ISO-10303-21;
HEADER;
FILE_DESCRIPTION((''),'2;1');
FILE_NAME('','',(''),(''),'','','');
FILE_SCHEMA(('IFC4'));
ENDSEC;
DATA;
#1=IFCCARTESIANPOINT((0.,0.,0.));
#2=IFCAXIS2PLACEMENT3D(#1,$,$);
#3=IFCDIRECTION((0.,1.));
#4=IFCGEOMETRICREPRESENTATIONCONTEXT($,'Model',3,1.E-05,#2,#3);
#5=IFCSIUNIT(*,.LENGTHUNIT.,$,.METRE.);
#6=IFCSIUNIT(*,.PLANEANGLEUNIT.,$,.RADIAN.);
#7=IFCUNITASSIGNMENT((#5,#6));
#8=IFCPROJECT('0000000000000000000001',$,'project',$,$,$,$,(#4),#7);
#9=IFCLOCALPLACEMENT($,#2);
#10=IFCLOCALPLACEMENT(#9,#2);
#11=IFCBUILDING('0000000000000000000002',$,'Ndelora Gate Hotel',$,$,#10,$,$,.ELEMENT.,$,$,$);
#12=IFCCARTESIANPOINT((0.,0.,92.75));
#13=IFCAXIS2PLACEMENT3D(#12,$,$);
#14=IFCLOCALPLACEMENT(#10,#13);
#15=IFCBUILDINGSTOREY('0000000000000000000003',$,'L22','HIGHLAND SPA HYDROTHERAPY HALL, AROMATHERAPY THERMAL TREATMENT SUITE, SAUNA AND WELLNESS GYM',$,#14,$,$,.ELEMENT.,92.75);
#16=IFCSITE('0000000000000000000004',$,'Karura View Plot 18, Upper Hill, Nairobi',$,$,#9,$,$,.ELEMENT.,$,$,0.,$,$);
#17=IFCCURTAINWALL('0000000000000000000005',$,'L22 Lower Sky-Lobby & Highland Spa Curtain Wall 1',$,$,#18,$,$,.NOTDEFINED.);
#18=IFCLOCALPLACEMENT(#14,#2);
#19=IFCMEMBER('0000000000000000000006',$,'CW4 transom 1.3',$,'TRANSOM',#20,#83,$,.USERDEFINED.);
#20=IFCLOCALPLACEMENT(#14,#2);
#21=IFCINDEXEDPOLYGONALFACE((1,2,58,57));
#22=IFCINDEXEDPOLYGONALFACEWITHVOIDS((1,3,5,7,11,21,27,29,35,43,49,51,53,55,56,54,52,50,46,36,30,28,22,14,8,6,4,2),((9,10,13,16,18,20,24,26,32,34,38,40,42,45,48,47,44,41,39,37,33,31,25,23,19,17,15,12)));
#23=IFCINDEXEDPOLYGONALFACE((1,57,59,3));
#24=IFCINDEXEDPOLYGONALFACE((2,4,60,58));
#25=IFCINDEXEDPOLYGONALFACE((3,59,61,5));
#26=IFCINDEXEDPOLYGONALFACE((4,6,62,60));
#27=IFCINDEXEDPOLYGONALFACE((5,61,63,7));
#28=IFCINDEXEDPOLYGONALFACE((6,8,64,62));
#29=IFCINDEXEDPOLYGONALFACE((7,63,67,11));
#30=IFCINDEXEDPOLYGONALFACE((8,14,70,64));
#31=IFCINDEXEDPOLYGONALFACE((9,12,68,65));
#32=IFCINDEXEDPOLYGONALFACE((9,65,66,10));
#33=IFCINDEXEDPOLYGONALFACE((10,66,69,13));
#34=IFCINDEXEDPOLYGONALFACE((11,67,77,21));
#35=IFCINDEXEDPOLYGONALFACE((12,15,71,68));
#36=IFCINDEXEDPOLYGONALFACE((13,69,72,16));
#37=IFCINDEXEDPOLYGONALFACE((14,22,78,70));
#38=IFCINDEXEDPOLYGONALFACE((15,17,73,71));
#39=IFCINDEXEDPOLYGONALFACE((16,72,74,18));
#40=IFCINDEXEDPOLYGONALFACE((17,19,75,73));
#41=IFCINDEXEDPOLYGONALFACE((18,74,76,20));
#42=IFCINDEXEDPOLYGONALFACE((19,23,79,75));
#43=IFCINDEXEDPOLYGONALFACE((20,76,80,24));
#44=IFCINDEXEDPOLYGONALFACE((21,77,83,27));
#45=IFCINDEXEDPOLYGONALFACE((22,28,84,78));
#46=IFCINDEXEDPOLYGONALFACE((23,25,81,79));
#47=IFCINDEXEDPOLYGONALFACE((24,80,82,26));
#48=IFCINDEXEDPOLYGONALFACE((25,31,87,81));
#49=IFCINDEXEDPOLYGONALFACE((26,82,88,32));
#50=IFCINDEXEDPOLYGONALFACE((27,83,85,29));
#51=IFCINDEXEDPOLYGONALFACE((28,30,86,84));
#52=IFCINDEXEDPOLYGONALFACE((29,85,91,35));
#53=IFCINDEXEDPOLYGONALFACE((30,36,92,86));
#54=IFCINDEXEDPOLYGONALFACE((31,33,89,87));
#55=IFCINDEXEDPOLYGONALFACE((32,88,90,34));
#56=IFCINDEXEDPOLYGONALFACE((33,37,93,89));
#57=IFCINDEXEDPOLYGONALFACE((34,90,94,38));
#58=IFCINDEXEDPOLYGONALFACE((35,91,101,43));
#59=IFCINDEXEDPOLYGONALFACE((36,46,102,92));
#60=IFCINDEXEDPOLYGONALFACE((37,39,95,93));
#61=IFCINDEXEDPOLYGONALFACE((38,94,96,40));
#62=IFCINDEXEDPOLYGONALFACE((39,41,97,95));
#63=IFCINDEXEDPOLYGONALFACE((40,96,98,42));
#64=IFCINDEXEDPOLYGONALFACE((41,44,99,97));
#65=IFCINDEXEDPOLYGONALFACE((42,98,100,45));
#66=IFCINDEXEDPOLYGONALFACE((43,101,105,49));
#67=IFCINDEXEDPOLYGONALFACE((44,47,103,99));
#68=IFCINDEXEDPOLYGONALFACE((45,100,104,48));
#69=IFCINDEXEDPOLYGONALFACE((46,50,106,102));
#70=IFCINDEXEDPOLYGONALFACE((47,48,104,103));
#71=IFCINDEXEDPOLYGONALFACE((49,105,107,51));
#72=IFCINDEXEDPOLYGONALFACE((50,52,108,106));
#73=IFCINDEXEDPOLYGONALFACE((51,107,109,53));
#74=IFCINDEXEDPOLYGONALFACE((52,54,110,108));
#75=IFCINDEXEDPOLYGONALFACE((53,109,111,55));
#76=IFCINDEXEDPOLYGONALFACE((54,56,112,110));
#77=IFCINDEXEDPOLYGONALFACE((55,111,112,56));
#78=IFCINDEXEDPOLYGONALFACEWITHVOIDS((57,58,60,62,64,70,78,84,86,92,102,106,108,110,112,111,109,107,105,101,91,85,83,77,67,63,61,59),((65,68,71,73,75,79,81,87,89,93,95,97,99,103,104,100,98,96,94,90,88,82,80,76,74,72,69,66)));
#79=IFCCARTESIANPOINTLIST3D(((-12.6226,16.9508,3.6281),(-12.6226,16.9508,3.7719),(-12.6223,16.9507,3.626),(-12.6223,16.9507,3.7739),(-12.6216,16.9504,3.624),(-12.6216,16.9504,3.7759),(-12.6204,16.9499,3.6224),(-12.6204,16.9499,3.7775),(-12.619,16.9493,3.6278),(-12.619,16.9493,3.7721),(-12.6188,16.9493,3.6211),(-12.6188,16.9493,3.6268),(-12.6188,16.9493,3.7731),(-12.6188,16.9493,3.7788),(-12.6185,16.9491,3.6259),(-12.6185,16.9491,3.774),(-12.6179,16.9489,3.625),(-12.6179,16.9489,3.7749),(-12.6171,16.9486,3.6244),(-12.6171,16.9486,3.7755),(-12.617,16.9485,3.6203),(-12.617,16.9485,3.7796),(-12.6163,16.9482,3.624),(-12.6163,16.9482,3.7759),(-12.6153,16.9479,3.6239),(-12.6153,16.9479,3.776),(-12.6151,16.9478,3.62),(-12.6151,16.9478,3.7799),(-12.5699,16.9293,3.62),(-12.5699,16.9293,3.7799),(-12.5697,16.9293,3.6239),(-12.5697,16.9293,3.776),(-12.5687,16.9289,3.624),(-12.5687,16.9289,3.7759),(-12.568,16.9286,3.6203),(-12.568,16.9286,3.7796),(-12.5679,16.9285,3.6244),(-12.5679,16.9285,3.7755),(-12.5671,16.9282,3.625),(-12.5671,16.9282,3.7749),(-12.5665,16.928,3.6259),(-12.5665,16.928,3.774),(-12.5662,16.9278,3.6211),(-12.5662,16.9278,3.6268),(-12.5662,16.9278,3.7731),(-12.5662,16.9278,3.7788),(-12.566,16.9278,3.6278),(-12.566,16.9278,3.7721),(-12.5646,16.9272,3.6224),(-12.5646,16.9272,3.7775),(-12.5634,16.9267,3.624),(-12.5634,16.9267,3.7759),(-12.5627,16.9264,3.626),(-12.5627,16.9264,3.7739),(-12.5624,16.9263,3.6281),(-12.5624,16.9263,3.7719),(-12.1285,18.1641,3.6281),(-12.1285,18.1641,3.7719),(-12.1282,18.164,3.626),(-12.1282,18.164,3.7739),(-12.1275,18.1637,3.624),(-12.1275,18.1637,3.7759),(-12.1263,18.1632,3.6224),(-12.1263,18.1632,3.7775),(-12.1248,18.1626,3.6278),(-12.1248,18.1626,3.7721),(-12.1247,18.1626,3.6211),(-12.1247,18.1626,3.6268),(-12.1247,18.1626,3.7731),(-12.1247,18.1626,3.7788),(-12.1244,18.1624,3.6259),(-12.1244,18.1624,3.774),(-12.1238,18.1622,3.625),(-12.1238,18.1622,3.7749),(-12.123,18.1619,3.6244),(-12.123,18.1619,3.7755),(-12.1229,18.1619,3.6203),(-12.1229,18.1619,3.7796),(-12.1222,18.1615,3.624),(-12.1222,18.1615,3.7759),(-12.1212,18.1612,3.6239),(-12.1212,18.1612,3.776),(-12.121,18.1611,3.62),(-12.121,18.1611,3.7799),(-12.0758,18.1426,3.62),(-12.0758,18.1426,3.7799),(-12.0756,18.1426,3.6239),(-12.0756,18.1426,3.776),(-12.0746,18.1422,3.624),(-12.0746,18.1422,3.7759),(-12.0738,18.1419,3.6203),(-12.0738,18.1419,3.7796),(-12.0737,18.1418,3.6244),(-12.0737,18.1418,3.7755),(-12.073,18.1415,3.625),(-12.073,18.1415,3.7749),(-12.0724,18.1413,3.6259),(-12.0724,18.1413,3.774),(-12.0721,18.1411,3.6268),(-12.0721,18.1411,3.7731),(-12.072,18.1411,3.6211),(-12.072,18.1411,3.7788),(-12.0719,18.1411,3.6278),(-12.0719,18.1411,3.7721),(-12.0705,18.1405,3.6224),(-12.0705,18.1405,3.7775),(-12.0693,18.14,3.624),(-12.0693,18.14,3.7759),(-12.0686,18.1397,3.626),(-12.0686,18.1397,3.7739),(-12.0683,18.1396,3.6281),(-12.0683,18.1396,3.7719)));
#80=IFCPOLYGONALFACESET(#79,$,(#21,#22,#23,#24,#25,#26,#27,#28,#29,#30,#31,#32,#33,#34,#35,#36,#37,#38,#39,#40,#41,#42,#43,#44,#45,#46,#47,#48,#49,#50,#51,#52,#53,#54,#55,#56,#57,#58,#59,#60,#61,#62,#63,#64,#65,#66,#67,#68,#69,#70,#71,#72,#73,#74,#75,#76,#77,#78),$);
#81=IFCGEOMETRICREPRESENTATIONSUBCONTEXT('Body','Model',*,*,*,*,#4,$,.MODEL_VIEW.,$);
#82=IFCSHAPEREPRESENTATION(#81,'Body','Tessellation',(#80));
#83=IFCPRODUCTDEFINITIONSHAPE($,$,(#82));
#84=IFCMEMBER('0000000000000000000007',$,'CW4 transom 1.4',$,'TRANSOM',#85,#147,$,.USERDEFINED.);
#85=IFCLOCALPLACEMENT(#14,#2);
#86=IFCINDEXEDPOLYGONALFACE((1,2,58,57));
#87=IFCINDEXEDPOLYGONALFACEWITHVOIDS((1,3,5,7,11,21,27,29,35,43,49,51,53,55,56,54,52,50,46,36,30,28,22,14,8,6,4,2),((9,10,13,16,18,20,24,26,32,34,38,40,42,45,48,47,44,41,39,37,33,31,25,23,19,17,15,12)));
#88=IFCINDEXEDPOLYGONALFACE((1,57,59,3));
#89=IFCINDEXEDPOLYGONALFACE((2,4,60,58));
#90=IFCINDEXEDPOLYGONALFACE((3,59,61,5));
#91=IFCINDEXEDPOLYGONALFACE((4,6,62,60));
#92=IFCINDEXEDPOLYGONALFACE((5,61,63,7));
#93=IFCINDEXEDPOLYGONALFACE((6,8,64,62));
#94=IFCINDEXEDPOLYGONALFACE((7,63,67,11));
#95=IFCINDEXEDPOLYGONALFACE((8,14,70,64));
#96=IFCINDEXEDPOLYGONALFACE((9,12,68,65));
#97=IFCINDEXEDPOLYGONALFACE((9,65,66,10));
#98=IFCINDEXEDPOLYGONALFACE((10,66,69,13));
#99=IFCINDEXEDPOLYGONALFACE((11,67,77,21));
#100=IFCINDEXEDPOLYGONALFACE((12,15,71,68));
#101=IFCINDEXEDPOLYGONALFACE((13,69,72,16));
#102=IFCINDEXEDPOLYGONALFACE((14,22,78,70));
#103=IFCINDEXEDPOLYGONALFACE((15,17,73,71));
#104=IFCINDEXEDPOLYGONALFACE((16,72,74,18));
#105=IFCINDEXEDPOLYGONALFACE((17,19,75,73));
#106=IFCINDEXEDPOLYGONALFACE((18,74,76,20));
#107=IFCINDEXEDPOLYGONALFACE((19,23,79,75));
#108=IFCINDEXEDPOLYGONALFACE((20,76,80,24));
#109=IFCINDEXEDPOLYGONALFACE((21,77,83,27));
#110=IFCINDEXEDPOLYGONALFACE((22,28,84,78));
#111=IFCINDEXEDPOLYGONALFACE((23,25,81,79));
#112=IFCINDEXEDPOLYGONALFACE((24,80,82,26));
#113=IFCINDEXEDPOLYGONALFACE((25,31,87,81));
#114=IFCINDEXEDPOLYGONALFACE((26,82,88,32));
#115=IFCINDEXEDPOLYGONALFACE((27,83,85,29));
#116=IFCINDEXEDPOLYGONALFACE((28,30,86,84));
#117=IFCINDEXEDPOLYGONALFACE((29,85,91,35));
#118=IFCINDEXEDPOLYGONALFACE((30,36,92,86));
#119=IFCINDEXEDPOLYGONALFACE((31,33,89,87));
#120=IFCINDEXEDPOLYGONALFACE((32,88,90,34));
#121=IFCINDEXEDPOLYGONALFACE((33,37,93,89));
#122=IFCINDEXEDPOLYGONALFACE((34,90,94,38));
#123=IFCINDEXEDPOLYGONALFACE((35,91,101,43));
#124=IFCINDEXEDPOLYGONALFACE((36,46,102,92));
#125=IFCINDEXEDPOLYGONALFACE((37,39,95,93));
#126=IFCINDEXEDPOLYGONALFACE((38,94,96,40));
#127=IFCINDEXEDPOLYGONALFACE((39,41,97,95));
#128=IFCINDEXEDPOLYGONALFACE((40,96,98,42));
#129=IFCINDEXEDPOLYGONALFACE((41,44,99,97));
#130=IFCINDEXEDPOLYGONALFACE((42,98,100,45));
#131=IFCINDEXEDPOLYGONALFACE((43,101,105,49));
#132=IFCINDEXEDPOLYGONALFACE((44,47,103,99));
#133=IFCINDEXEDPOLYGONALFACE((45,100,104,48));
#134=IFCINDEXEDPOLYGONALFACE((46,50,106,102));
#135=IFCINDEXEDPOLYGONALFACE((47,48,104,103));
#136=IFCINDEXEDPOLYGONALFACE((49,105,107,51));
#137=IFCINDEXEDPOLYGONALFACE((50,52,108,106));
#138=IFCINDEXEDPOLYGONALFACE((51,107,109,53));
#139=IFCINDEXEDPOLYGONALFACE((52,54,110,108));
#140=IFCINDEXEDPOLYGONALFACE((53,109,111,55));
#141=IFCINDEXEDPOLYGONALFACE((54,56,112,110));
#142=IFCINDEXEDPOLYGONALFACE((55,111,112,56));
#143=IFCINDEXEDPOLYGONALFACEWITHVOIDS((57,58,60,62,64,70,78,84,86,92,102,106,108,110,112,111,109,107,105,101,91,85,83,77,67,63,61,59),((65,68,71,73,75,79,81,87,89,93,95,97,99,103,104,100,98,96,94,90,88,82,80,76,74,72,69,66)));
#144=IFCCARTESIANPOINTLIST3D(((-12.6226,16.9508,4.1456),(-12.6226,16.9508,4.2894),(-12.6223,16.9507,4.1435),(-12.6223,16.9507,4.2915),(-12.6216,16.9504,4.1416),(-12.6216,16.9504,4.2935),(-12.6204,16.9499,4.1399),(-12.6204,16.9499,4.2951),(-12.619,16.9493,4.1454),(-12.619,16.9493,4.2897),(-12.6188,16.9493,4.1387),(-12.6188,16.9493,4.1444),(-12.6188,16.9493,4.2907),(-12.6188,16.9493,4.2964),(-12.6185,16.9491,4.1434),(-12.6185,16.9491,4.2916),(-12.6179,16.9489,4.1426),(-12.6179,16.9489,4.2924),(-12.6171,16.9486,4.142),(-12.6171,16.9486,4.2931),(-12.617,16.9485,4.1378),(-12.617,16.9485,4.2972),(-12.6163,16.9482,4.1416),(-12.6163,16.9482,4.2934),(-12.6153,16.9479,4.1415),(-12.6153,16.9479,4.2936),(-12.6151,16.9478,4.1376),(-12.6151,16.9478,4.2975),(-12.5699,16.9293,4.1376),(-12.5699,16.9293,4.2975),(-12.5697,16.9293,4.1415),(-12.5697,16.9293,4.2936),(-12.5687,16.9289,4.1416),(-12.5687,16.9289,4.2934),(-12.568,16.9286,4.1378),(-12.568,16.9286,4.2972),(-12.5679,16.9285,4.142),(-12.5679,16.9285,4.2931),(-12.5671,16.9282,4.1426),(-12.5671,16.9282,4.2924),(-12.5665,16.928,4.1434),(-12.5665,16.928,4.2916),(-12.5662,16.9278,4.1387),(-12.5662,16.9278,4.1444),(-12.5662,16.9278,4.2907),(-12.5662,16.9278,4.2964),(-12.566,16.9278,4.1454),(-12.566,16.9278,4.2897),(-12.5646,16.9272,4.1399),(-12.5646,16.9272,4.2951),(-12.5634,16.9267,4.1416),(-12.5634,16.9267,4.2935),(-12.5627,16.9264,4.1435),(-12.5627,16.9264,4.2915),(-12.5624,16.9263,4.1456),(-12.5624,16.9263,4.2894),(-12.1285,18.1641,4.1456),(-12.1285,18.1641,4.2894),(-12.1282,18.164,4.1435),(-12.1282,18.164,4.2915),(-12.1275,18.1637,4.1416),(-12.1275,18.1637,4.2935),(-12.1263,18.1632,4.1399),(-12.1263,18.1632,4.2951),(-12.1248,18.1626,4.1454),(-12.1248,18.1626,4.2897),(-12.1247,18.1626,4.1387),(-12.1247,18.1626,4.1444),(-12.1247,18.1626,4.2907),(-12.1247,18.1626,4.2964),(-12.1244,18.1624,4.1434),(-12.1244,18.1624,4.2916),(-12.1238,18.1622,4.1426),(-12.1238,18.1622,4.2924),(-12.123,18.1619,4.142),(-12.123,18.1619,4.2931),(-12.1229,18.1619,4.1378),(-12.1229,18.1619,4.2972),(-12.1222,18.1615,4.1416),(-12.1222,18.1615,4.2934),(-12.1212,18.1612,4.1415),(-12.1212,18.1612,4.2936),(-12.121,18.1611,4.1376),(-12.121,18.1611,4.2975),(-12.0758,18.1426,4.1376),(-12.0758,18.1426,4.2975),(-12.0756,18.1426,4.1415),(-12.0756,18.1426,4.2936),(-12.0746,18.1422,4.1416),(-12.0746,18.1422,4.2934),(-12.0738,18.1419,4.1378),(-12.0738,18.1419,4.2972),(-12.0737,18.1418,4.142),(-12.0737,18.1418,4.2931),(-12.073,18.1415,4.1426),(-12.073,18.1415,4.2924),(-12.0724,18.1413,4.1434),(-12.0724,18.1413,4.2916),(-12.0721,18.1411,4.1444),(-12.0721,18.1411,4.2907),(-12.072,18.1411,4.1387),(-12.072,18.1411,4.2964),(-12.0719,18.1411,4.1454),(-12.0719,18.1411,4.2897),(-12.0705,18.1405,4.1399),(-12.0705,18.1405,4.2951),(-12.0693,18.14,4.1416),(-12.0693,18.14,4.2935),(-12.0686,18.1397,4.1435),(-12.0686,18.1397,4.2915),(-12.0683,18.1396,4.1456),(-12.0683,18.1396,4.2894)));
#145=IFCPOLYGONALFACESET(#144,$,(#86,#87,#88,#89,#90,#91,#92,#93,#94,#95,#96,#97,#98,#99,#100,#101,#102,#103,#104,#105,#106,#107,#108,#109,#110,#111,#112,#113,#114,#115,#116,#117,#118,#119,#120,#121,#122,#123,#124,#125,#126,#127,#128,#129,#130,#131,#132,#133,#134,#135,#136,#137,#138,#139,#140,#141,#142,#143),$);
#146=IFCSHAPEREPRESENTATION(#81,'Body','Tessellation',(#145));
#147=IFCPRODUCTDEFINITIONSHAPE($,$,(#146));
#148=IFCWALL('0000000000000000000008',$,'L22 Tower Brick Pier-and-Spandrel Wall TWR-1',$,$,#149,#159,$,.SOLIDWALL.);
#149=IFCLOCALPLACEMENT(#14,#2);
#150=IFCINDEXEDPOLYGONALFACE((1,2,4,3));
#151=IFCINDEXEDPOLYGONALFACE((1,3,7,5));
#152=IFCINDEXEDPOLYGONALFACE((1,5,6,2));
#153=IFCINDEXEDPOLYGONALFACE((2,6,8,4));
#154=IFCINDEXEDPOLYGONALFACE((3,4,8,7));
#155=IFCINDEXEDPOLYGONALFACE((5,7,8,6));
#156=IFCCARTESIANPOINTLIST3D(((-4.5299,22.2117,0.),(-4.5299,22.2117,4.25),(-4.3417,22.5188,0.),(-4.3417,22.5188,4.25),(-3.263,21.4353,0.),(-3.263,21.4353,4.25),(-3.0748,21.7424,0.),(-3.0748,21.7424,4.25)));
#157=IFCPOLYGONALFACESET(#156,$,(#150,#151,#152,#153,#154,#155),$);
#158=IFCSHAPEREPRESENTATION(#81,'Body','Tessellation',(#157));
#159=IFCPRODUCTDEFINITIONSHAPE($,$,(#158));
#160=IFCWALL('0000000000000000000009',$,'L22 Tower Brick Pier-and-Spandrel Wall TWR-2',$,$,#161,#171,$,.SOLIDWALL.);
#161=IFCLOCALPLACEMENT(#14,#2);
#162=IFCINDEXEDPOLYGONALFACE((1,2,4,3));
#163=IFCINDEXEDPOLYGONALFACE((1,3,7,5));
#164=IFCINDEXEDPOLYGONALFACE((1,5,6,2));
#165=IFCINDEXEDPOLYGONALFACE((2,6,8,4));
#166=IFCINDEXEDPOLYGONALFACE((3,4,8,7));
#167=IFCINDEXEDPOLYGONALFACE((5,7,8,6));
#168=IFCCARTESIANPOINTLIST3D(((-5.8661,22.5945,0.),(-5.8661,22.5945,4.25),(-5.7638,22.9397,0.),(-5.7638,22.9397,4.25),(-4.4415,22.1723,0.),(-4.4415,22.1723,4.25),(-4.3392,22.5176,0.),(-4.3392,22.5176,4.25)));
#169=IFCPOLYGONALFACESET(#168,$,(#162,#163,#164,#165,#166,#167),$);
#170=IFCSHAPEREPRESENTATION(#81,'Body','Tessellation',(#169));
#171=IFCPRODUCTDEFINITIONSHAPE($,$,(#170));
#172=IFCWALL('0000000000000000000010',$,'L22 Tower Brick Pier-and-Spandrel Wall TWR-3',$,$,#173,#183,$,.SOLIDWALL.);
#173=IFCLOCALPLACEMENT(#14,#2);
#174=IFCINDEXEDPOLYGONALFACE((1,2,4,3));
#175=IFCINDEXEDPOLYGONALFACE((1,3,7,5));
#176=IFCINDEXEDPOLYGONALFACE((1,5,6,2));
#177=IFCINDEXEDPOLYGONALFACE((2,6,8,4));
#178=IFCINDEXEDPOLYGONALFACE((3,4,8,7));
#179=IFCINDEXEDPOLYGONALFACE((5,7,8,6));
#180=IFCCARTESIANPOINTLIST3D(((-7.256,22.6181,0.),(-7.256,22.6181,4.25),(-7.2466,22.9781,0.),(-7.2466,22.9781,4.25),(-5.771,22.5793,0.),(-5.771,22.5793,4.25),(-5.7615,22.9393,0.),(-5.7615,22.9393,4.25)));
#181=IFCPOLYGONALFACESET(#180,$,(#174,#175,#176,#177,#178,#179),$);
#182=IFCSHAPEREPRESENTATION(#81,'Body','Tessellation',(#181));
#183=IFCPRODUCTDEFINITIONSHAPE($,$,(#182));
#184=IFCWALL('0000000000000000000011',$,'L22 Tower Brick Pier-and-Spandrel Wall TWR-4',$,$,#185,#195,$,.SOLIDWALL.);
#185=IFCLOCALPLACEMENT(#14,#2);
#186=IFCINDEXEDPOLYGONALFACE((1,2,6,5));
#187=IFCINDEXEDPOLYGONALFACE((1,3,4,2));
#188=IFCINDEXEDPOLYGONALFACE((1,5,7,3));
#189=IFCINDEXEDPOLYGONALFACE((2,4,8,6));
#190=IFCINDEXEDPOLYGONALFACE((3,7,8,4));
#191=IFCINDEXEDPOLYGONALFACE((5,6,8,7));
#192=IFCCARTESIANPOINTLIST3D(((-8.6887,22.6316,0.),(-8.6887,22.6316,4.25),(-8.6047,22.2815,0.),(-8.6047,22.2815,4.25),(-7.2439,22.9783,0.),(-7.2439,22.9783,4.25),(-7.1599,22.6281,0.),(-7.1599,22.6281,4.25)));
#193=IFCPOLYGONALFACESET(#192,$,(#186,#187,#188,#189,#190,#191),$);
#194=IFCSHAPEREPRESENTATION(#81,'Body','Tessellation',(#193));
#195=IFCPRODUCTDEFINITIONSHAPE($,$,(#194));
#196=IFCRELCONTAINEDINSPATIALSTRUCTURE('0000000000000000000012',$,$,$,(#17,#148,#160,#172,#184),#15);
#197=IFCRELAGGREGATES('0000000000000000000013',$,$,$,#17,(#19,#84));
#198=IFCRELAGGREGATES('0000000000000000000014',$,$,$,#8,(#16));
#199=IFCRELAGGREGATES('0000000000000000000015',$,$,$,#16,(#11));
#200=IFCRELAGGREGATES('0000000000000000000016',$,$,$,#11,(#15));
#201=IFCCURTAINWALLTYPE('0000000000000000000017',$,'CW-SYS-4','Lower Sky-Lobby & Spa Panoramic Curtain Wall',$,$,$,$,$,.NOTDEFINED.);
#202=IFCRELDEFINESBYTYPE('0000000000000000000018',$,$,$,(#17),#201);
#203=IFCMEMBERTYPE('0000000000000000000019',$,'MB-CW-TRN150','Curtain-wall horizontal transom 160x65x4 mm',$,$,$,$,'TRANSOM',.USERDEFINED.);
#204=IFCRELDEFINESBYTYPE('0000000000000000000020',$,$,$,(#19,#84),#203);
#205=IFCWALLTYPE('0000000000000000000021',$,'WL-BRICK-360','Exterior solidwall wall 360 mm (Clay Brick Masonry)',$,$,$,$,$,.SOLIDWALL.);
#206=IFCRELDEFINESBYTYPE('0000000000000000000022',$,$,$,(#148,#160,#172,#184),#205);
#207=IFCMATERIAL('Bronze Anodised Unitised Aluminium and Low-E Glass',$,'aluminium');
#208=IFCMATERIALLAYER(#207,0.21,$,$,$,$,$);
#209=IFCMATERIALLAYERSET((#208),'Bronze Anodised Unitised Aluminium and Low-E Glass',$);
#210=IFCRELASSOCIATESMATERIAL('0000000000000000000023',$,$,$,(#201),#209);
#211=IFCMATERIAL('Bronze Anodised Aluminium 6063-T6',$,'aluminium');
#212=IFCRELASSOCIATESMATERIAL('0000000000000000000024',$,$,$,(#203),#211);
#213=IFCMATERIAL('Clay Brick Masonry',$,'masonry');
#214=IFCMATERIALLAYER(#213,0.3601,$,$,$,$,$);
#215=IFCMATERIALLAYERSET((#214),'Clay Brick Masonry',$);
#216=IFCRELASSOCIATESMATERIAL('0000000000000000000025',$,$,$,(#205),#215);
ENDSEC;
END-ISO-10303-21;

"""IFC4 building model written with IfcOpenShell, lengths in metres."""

from ifc_helpers import new_model, si_unit, direction, frame, frame_2d, origin, origin_2d, place, context, subcontext, project, spatial, rectangle, hollow_rectangle, extrude, material, layer, layer_set, material_profile, profile_set, type_object, element, aggregate, save


model = new_model("IFC4")

# Units and contexts
model_context = context("Model", 3, precision=1e-05, world=origin(), true_north=direction((0.0, 1.0)))
body_context = subcontext(model_context, "Body", "Model", "MODEL_VIEW")
ifc_project = project(units=[si_unit("LENGTHUNIT", "METRE"), si_unit("PLANEANGLEUNIT", "RADIAN")], contexts=[model_context])

# Site, building, storey
site_placement = place(None, origin())
site = spatial("IfcSite", under=ifc_project, at=site_placement, Name="Karura View Plot 18, Upper Hill, Nairobi", CompositionType="ELEMENT", RefElevation=0.0)
building_placement = place(site_placement, origin())
building = spatial("IfcBuilding", under=site, at=building_placement, Name="Ndelora Gate Hotel", CompositionType="ELEMENT")
storey_placement = place(building_placement, frame((0.0, 0.0, 92.75)))
storey = spatial("IfcBuildingStorey", under=building, at=storey_placement, Name="L22", Description="HIGHLAND SPA HYDROTHERAPY HALL, AROMATHERAPY THERMAL TREATMENT SUITE, SAUNA AND WELLNESS GYM", CompositionType="ELEMENT", Elevation=92.75)

# Curtain wall, members
ifc_material_1 = material(Name="Bronze Anodised Unitised Aluminium and Low-E Glass", Category="aluminium")
ifc_layer_1 = layer(ifc_material_1, 0.21)
ifc_layer_set_1 = layer_set([ifc_layer_1], Name="Bronze Anodised Unitised Aluminium and Low-E Glass")
curtain_wall_type = type_object("IfcCurtainWallType", Name="CW-SYS-4", Description="Lower Sky-Lobby & Spa Panoramic Curtain Wall", PredefinedType="NOTDEFINED", material=ifc_layer_set_1)
curtain_wall_placement = place(storey_placement, origin())
curtain_wall = element("IfcCurtainWall", 1, at=curtain_wall_placement, inside=storey, type_object=curtain_wall_type, Name="L22 Lower Sky-Lobby & Highland Spa Curtain Wall 1", PredefinedType="NOTDEFINED")
ifc_material_2 = material(Name="Bronze Anodised Aluminium 6063-T6", Category="aluminium")
ifc_material_profile_1 = material_profile(ifc_material_2, hollow_rectangle(XDim=0.0649, YDim=0.1599, WallThickness=0.0039, InnerFilletRadius=0.0039, OuterFilletRadius=0.0081, at=origin_2d()), Name="ALU 160x65x4")
ifc_profile_set_1 = profile_set([ifc_material_profile_1], Name="Bronze Anodised Aluminium 6063-T6")
member_type_1 = type_object("IfcMemberType", Name="MB-CW-TRN150", Description="Curtain-wall horizontal transom 160x65x4 mm", ElementType="TRANSOM", PredefinedType="USERDEFINED", material=ifc_profile_set_1)
member_1_placement = place(storey_placement, frame((-12.0984, 18.1519, 3.7), z_axis=(-0.377167, -0.926145, 0.0), x_axis=(0.926145, -0.377167, 0.0)))
member_1 = element("IfcMember", 2, at=member_1_placement, type_object=member_type_1, Name="CW4 transom 1.3", ObjectType="TRANSOM", PredefinedType="USERDEFINED", context=body_context, shape_type="SweptSolid", body=[
    extrude(hollow_rectangle(XDim=0.0649, YDim=0.1599, WallThickness=0.0039, InnerFilletRadius=0.0039, OuterFilletRadius=0.0081, at=origin_2d()), origin(), (0.0, 0.0, 1.0), 1.3101),
])
member_2_placement = place(storey_placement, frame((-12.0984, 18.1519, 4.2175), z_axis=(-0.377167, -0.926145, 0.0), x_axis=(0.926145, -0.377167, 0.0)))
member_2 = element("IfcMember", 3, at=member_2_placement, type_object=member_type_1, Name="CW4 transom 1.4", ObjectType="TRANSOM", PredefinedType="USERDEFINED", context=body_context, shape_type="SweptSolid", body=[
    extrude(hollow_rectangle(XDim=0.0649, YDim=0.1599, WallThickness=0.0039, InnerFilletRadius=0.0039, OuterFilletRadius=0.0081, at=origin_2d()), origin(), (0.0, 0.0, 1.0), 1.3101),
])
aggregate(curtain_wall, [member_1, member_2])

# Walls
ifc_material_3 = material(Name="Clay Brick Masonry", Category="masonry")
ifc_layer_2 = layer(ifc_material_3, 0.3601)
ifc_layer_set_2 = layer_set([ifc_layer_2], Name="Clay Brick Masonry")
wall_type = type_object("IfcWallType", Name="WL-BRICK-360", Description="Exterior solidwall wall 360 mm (Clay Brick Masonry)", PredefinedType="SOLIDWALL", material=ifc_layer_set_2)
for number, where, z_axis, x_axis, name in (
    (4, (-4.4358, 22.3652, 0.0), (0.0, 0.0, 1.0), (0.852627, -0.52252, 0.0), "L22 Tower Brick Pier-and-Spandrel Wall TWR-1"),
    (5, (-5.8149, 22.7671, 0.0), (0.0, 0.0, 1.0), (0.958793, -0.284105, 0.0), "L22 Tower Brick Pier-and-Spandrel Wall TWR-2"),
):
    element("IfcWall", number, at=place(storey_placement, frame(where, z_axis=z_axis, x_axis=x_axis)), inside=storey, type_object=wall_type, Name=name, PredefinedType="SOLIDWALL", context=body_context, shape_type="SweptSolid", body=[
        extrude(rectangle(XDim=1.4858, YDim=0.3601, at=frame_2d((0.7429, 0.0))), origin(), (0.0, 0.0, 1.0), 4.25),
    ])
wall_1_placement = place(storey_placement, frame((-7.2512, 22.7981, 0.0), z_axis=(0.0, 0.0, 1.0), x_axis=(0.999659, -0.026129, 0.0)))
element("IfcWall", 6, at=wall_1_placement, inside=storey, type_object=wall_type, Name="L22 Tower Brick Pier-and-Spandrel Wall TWR-3", PredefinedType="SOLIDWALL", context=body_context, shape_type="SweptSolid", body=[
    extrude(rectangle(XDim=1.4856, YDim=0.3601, at=frame_2d((0.7427, 0.0))), origin(), (0.0, 0.0, 1.0), 4.25),
])
wall_2_placement = place(storey_placement, frame((-8.6467, 22.4565, 0.0), z_axis=(0.0, 0.0, 1.0), x_axis=(0.972399, 0.233323, 0.0)))
element("IfcWall", 7, at=wall_2_placement, inside=storey, type_object=wall_type, Name="L22 Tower Brick Pier-and-Spandrel Wall TWR-4", PredefinedType="SOLIDWALL", context=body_context, shape_type="SweptSolid", body=[
    extrude(rectangle(XDim=1.4858, YDim=0.3601, at=frame_2d((0.7429, 0.0))), origin(), (0.0, 0.0, 1.0), 4.25),
])

save(model, "model.ifc")
